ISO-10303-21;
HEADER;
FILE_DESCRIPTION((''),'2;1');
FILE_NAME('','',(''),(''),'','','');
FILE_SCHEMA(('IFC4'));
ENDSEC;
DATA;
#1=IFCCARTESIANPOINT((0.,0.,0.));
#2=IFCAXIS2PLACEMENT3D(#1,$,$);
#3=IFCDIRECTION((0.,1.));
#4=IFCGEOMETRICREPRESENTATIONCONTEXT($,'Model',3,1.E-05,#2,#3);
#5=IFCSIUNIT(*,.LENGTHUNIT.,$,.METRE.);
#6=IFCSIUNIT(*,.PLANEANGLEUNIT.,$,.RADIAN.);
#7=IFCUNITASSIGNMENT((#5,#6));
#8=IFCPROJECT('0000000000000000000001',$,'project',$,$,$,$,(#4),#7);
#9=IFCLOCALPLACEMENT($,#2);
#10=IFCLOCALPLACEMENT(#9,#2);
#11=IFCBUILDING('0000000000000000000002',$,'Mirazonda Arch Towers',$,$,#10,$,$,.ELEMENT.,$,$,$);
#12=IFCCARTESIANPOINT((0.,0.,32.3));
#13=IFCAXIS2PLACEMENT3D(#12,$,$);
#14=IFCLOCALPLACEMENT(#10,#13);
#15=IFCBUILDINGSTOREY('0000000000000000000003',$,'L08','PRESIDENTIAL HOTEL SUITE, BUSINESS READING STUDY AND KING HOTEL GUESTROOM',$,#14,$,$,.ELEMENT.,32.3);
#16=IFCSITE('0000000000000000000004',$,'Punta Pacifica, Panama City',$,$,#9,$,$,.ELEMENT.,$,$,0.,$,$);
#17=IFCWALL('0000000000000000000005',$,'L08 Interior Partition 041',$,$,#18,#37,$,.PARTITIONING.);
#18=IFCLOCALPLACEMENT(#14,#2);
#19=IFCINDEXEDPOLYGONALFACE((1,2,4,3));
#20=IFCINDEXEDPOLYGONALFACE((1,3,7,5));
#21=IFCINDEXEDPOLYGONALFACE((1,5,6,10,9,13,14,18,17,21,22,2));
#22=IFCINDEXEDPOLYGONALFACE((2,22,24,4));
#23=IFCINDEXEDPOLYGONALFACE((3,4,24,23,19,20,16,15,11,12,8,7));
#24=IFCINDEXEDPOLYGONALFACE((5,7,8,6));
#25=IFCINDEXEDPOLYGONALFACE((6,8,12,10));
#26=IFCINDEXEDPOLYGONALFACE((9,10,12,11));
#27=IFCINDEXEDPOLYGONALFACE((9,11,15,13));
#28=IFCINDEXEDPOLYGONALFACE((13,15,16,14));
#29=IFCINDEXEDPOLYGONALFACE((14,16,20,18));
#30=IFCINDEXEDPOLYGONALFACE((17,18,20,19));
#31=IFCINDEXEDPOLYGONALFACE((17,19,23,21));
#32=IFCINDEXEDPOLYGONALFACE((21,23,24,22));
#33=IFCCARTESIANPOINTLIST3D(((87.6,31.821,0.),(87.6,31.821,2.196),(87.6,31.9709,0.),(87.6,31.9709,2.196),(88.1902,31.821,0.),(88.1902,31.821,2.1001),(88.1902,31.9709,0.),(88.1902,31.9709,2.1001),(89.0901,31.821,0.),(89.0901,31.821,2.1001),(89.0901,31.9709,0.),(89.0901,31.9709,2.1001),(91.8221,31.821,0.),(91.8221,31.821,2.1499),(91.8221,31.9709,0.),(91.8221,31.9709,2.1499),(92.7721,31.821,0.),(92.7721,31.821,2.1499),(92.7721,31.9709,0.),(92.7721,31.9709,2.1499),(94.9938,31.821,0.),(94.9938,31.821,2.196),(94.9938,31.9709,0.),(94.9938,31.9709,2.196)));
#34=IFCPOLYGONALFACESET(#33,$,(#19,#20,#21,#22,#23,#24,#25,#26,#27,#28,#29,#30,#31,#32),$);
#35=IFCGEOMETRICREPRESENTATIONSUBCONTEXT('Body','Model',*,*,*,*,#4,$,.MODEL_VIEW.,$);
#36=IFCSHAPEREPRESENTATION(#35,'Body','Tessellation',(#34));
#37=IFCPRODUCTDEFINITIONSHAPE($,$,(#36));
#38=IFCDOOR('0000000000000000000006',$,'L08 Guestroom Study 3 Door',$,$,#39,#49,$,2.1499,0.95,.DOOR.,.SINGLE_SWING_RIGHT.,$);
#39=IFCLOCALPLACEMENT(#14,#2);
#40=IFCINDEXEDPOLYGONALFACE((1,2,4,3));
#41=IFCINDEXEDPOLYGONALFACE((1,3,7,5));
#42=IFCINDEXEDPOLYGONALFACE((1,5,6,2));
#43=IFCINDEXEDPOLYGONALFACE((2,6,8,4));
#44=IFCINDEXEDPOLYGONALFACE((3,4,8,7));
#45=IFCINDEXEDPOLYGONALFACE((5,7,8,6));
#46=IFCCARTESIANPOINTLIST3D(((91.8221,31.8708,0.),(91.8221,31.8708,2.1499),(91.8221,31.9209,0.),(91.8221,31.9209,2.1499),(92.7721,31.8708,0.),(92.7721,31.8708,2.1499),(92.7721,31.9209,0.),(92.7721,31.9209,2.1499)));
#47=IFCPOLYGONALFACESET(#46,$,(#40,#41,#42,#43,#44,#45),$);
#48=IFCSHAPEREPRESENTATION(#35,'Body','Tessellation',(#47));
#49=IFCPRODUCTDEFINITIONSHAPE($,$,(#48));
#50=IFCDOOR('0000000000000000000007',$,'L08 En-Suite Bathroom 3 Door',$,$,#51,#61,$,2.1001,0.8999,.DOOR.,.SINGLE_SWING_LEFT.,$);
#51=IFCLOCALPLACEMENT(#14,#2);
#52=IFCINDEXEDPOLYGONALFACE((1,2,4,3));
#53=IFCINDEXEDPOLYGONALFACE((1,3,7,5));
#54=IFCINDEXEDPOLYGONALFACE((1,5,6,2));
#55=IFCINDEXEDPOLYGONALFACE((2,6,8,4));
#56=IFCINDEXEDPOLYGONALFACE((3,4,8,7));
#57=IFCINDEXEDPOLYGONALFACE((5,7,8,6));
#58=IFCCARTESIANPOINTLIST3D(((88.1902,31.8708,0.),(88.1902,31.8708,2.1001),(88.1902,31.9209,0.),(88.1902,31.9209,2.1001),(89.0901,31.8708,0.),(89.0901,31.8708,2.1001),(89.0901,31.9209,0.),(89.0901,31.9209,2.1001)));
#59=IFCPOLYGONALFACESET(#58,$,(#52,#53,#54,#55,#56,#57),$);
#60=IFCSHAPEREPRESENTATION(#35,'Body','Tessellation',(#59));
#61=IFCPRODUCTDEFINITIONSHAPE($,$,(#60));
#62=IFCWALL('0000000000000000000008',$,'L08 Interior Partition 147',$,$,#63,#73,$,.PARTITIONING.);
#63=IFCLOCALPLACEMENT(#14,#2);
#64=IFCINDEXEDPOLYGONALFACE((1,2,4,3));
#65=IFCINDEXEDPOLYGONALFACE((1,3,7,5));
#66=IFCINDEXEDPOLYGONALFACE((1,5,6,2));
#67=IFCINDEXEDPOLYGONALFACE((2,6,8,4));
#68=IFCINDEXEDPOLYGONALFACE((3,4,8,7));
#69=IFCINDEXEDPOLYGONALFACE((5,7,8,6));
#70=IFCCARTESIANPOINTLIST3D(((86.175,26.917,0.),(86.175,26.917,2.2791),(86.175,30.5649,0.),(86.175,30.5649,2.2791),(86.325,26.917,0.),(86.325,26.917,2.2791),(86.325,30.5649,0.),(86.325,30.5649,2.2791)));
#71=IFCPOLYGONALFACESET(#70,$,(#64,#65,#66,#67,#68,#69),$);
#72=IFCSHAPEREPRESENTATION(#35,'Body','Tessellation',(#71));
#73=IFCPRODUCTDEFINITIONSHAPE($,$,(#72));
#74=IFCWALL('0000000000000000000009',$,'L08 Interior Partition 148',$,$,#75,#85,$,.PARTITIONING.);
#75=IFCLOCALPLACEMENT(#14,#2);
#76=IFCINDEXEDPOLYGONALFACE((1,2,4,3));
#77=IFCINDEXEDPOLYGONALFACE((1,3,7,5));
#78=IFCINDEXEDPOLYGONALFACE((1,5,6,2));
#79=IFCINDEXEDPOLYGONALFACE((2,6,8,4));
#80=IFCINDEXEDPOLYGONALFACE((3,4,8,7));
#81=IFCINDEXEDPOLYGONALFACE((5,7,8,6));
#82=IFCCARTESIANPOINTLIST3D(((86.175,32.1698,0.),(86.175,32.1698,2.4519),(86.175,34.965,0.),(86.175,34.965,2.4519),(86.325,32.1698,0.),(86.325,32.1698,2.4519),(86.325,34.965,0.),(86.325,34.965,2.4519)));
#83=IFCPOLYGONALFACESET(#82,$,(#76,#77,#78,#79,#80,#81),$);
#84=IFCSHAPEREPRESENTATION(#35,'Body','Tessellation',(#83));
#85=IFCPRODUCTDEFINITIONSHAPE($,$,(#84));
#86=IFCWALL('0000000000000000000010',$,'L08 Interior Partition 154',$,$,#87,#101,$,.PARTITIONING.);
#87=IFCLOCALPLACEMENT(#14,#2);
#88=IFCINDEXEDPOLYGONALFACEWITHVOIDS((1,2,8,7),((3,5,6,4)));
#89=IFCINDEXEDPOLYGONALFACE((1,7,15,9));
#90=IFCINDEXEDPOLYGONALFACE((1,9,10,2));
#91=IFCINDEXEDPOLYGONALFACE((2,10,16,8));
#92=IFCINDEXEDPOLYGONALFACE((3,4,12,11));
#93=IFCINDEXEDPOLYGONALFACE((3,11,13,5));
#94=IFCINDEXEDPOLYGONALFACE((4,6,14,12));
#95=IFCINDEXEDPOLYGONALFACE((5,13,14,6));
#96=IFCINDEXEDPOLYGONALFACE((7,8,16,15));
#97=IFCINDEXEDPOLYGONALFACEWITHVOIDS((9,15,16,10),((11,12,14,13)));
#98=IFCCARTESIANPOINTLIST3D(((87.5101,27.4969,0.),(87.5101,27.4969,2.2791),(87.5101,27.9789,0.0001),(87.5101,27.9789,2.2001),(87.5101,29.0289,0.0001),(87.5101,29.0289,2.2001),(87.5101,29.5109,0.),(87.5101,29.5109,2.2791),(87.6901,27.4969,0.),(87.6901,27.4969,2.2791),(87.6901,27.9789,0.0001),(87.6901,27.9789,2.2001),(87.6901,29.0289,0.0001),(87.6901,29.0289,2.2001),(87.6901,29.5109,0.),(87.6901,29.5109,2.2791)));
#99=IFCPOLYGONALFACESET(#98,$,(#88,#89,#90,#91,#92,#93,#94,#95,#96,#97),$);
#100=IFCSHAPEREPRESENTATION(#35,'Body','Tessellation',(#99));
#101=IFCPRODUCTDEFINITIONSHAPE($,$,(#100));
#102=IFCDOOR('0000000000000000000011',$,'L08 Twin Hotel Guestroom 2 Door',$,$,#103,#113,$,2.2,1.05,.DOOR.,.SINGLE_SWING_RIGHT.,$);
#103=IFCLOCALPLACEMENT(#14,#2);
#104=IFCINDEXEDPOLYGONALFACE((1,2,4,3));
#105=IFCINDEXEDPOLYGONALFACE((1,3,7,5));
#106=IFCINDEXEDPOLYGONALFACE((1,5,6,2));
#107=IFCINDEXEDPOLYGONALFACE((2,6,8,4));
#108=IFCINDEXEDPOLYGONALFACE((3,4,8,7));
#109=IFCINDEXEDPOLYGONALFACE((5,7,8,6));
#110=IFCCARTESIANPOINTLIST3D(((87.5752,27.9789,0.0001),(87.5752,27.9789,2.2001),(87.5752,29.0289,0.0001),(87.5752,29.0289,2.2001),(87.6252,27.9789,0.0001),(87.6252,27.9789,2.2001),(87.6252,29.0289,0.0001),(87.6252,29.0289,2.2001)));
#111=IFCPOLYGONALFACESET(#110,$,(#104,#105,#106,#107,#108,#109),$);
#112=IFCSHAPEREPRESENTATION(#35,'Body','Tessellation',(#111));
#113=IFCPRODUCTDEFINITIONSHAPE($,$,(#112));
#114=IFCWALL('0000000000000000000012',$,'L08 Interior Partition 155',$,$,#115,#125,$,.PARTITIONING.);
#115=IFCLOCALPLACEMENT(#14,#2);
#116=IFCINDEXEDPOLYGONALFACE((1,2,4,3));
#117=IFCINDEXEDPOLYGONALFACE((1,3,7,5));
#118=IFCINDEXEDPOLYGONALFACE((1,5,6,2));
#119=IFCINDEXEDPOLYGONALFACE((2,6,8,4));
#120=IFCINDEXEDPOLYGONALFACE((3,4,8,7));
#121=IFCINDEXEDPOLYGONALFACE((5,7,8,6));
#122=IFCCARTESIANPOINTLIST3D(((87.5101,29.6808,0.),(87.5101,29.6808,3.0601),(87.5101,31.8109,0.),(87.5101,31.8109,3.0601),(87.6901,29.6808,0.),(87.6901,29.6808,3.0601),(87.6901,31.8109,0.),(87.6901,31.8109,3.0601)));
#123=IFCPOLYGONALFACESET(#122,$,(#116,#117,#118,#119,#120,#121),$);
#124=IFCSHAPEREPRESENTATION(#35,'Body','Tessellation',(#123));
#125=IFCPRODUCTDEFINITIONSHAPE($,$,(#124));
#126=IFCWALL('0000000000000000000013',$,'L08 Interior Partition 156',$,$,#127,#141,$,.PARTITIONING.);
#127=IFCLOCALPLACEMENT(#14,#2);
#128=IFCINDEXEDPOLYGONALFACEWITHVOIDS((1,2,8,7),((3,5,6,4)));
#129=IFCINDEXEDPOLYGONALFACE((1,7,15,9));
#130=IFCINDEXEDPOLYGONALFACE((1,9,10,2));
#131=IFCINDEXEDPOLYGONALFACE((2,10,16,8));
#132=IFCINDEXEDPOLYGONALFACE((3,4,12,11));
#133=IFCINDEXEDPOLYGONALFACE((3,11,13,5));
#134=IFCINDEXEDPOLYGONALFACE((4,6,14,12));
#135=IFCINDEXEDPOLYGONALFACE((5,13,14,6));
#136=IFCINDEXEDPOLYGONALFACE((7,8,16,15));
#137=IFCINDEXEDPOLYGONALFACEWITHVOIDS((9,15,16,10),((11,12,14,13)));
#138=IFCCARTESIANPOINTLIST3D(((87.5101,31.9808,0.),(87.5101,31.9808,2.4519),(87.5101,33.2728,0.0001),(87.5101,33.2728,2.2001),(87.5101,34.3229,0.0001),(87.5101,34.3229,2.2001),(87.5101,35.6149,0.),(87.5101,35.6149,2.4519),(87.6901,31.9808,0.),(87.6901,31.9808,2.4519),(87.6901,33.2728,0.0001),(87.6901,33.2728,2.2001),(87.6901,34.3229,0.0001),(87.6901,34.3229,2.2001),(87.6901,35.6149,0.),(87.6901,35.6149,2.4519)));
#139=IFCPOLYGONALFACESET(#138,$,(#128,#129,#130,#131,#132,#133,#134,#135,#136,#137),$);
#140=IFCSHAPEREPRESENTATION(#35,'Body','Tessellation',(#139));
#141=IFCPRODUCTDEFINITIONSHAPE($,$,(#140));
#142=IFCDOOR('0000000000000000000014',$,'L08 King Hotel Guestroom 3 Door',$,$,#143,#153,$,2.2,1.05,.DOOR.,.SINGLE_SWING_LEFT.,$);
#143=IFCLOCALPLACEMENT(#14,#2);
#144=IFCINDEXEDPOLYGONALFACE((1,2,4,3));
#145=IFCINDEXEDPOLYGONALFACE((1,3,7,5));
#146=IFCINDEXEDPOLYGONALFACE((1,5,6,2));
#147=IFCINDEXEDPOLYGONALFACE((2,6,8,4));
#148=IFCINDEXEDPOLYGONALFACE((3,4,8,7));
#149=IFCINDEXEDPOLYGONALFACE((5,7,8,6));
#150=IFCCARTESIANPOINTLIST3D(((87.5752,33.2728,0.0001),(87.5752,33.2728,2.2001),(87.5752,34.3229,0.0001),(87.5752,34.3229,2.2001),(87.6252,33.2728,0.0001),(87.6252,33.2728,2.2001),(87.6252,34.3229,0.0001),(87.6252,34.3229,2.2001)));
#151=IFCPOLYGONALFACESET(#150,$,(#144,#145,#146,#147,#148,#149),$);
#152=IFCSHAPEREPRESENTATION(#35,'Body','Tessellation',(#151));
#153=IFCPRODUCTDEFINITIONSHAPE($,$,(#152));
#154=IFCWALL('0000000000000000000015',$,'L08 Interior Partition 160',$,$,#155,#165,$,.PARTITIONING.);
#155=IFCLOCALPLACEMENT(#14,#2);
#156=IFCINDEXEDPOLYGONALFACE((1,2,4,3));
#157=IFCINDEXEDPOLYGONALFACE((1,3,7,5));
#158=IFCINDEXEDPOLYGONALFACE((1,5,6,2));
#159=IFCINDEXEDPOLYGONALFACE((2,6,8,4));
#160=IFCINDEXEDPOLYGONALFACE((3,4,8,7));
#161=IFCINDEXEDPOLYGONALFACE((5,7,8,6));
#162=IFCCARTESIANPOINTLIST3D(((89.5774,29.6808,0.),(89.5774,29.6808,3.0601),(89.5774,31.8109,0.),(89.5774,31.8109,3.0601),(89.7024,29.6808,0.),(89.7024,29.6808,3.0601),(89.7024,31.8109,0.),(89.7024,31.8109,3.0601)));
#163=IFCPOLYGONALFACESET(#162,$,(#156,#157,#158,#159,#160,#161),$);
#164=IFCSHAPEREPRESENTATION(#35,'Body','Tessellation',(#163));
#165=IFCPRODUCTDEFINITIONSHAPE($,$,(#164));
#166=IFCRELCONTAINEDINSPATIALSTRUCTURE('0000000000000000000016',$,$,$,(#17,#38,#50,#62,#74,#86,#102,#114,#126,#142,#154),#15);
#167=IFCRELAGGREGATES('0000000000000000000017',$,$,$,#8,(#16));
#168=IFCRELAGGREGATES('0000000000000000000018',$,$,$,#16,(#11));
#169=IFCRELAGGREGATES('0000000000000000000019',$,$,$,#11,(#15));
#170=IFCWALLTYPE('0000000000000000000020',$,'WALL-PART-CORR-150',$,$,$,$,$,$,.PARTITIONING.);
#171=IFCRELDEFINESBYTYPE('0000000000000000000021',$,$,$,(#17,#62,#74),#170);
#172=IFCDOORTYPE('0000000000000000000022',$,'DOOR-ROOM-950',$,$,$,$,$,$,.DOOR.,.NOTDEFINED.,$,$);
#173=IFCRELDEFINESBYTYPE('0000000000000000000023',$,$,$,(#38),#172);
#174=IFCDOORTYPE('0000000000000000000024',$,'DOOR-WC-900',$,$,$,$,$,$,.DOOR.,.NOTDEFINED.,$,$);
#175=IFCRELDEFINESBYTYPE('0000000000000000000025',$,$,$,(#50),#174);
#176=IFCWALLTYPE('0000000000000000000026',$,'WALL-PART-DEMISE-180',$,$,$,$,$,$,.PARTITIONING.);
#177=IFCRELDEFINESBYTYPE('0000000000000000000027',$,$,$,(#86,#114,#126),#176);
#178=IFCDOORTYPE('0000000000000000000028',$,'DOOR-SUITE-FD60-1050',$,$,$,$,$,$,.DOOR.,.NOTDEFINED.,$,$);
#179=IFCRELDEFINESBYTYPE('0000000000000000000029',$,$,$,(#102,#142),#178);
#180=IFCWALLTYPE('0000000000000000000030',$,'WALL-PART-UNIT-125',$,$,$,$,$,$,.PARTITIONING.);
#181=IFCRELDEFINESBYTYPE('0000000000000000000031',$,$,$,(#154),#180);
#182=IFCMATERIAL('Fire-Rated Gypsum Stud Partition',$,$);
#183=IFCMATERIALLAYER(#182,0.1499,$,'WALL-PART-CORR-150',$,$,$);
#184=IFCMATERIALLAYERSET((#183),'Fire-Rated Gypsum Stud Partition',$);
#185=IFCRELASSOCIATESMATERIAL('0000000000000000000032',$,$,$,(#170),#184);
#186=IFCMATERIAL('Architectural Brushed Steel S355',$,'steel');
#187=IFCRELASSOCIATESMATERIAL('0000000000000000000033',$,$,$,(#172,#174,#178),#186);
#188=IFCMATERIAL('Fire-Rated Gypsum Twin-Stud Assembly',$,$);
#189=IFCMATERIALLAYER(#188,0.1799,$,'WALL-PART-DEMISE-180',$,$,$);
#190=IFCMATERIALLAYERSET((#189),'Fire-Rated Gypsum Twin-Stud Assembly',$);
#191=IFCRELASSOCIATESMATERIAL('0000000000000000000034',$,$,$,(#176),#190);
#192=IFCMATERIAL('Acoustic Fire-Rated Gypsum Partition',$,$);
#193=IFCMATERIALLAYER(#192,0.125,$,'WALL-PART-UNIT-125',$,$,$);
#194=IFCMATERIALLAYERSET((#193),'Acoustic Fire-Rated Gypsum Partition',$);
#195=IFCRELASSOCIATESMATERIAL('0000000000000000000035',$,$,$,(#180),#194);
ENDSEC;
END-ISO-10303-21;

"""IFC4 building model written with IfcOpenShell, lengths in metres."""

from ifc_helpers import new_model, si_unit, direction, frame, frame_2d, origin, place, context, subcontext, project, spatial, rectangle, extrude, material, layer, layer_set, type_object, element, fill, save


model = new_model("IFC4")

# Units and contexts
model_context = context("Model", 3, precision=1e-05, world=origin(), true_north=direction((0.0, 1.0)))
body_context = subcontext(model_context, "Body", "Model", "MODEL_VIEW")
ifc_project = project(units=[si_unit("LENGTHUNIT", "METRE"), si_unit("PLANEANGLEUNIT", "RADIAN")], contexts=[model_context])

# Site, building, storey
site_placement = place(None, origin())
site = spatial("IfcSite", under=ifc_project, at=site_placement, Name="Punta Pacifica, Panama City", CompositionType="ELEMENT", RefElevation=0.0)
building_placement = place(site_placement, origin())
building = spatial("IfcBuilding", under=site, at=building_placement, Name="Mirazonda Arch Towers", CompositionType="ELEMENT")
storey_placement = place(building_placement, frame((0.0, 0.0, 32.3)))
storey = spatial("IfcBuildingStorey", under=building, at=storey_placement, Name="L08", Description="PRESIDENTIAL HOTEL SUITE, BUSINESS READING STUDY AND KING HOTEL GUESTROOM", CompositionType="ELEMENT", Elevation=32.3)

# Shared definitions
ifc_material_1 = material(Name="Fire-Rated Gypsum Stud Partition")
ifc_layer_1 = layer(ifc_material_1, 0.1499, Name="WALL-PART-CORR-150")
ifc_layer_set_1 = layer_set([ifc_layer_1], Name="Fire-Rated Gypsum Stud Partition")
wall_type_1 = type_object("IfcWallType", Name="WALL-PART-CORR-150", PredefinedType="PARTITIONING", material=ifc_layer_set_1)
ifc_material_2 = material(Name="Architectural Brushed Steel S355", Category="steel")
door_type_1 = type_object("IfcDoorType", Name="DOOR-ROOM-950", OperationType="NOTDEFINED", PredefinedType="DOOR", material=ifc_material_2)
door_type_2 = type_object("IfcDoorType", Name="DOOR-WC-900", OperationType="NOTDEFINED", PredefinedType="DOOR", material=ifc_material_2)

# Wall, openings, doors
wall_1_placement = place(storey_placement, frame((87.6001, 31.896, 0.0), z_axis=(0.0, 0.0, 1.0), x_axis=(1.0, 0.0, 0.0)))
wall_1 = element("IfcWall", 1, at=wall_1_placement, inside=storey, type_object=wall_type_1, Name="L08 Interior Partition 041", PredefinedType="PARTITIONING", context=body_context, shape_type="SweptSolid", body=[
    extrude(rectangle(XDim=7.3938, YDim=0.1499, at=frame_2d((3.6968, 0.0))), origin(), (0.0, 0.0, 1.0), 2.196),
])
opening_1_placement = place(wall_1_placement, frame((4.2219, 0.0, 0.0)))
opening_1 = element("IfcOpeningElement", 2, at=opening_1_placement, cuts=wall_1, PredefinedType="OPENING", context=body_context, shape_type="SweptSolid", body=[
    extrude(rectangle(XDim=0.95, YDim=2.1499, at=frame_2d((0.4751, 1.075))), frame((0.0, 0.085, 0.0), z_axis=(0.0, -1.0, 0.0), x_axis=(1.0, 0.0, 0.0)), (0.0, 0.0, 1.0), 0.1699),
])
opening_2_placement = place(wall_1_placement, frame((0.5901, 0.0, 0.0)))
opening_2 = element("IfcOpeningElement", 3, at=opening_2_placement, cuts=wall_1, PredefinedType="OPENING", context=body_context, shape_type="SweptSolid", body=[
    extrude(rectangle(XDim=0.8999, YDim=2.1001, at=frame_2d((0.45, 1.05))), frame((0.0, 0.085, 0.0), z_axis=(0.0, -1.0, 0.0), x_axis=(1.0, 0.0, 0.0)), (0.0, 0.0, 1.0), 0.1699),
])
door_1_placement = place(opening_1_placement, origin())
door_1 = element("IfcDoor", 4, at=door_1_placement, inside=storey, type_object=door_type_1, Name="L08 Guestroom Study 3 Door", OperationType="SINGLE_SWING_RIGHT", OverallHeight=2.1499, OverallWidth=0.95, PredefinedType="DOOR", context=body_context, shape_type="SweptSolid", body=[
    extrude(rectangle(XDim=0.95, YDim=2.1499, at=frame_2d((0.4751, 1.075))), frame((0.0, 0.0249, 0.0), z_axis=(0.0, -1.0, 0.0), x_axis=(1.0, 0.0, 0.0)), (0.0, 0.0, 1.0), 0.05),
])
fill(opening_1, door_1)
door_2_placement = place(opening_2_placement, origin())
door_2 = element("IfcDoor", 5, at=door_2_placement, inside=storey, type_object=door_type_2, Name="L08 En-Suite Bathroom 3 Door", OperationType="SINGLE_SWING_LEFT", OverallHeight=2.1001, OverallWidth=0.8999, PredefinedType="DOOR", context=body_context, shape_type="SweptSolid", body=[
    extrude(rectangle(XDim=0.8999, YDim=2.1001, at=frame_2d((0.45, 1.05))), frame((0.0, 0.0249, 0.0), z_axis=(0.0, -1.0, 0.0), x_axis=(1.0, 0.0, 0.0)), (0.0, 0.0, 1.0), 0.05),
])
fill(opening_2, door_2)

# Walls
wall_2_placement = place(storey_placement, frame((86.25, 26.917, 0.0), z_axis=(0.0, 0.0, 1.0), x_axis=(0.0, 1.0, 0.0)))
element("IfcWall", 6, at=wall_2_placement, inside=storey, type_object=wall_type_1, Name="L08 Interior Partition 147", PredefinedType="PARTITIONING", context=body_context, shape_type="SweptSolid", body=[
    extrude(rectangle(XDim=3.6479, YDim=0.1499, at=frame_2d((1.824, 0.0))), origin(), (0.0, 0.0, 1.0), 2.2791),
])
wall_3_placement = place(storey_placement, frame((86.25, 32.1699, 0.0), z_axis=(0.0, 0.0, 1.0), x_axis=(0.0, 1.0, 0.0)))
element("IfcWall", 7, at=wall_3_placement, inside=storey, type_object=wall_type_1, Name="L08 Interior Partition 148", PredefinedType="PARTITIONING", context=body_context, shape_type="SweptSolid", body=[
    extrude(rectangle(XDim=2.7952, YDim=0.1499, at=frame_2d((1.3975, 0.0))), origin(), (0.0, 0.0, 1.0), 2.4519),
])

# Wall, opening, door
ifc_material_3 = material(Name="Fire-Rated Gypsum Twin-Stud Assembly")
ifc_layer_2 = layer(ifc_material_3, 0.1799, Name="WALL-PART-DEMISE-180")
ifc_layer_set_2 = layer_set([ifc_layer_2], Name="Fire-Rated Gypsum Twin-Stud Assembly")
wall_type_2 = type_object("IfcWallType", Name="WALL-PART-DEMISE-180", PredefinedType="PARTITIONING", material=ifc_layer_set_2)
wall_4_placement = place(storey_placement, frame((87.6001, 27.4971, 0.0), z_axis=(0.0, 0.0, 1.0), x_axis=(0.0, 1.0, 0.0)))
wall_4 = element("IfcWall", 8, at=wall_4_placement, inside=storey, type_object=wall_type_2, Name="L08 Interior Partition 154", PredefinedType="PARTITIONING", context=body_context, shape_type="SweptSolid", body=[
    extrude(rectangle(XDim=2.0139, YDim=0.1799, at=frame_2d((1.0068, 0.0))), origin(), (0.0, 0.0, 1.0), 2.2791),
])
opening_3_placement = place(wall_4_placement, frame((0.4819, 0.0, 0.0)))
opening_3 = element("IfcOpeningElement", 9, at=opening_3_placement, cuts=wall_4, PredefinedType="OPENING", context=body_context, shape_type="SweptSolid", body=[
    extrude(rectangle(XDim=1.05, YDim=2.2, at=frame_2d((0.5249, 1.1001))), frame((0.0, 0.0999, 0.0), z_axis=(0.0, -1.0, 0.0), x_axis=(1.0, 0.0, 0.0)), (0.0, 0.0, 1.0), 0.2),
])
door_type_3 = type_object("IfcDoorType", Name="DOOR-SUITE-FD60-1050", OperationType="NOTDEFINED", PredefinedType="DOOR", material=ifc_material_2)
door_3_placement = place(opening_3_placement, origin())
door_3 = element("IfcDoor", 10, at=door_3_placement, inside=storey, type_object=door_type_3, Name="L08 Twin Hotel Guestroom 2 Door", OperationType="SINGLE_SWING_RIGHT", OverallHeight=2.2, OverallWidth=1.05, PredefinedType="DOOR", context=body_context, shape_type="SweptSolid", body=[
    extrude(rectangle(XDim=1.05, YDim=2.2, at=frame_2d((0.5249, 1.1001))), frame((0.0, 0.0249, 0.0), z_axis=(0.0, -1.0, 0.0), x_axis=(1.0, 0.0, 0.0)), (0.0, 0.0, 1.0), 0.05),
])
fill(opening_3, door_3)

# Wall
wall_5_placement = place(storey_placement, frame((87.6001, 29.6809, 0.0), z_axis=(0.0, 0.0, 1.0), x_axis=(0.0, 1.0, 0.0)))
element("IfcWall", 11, at=wall_5_placement, inside=storey, type_object=wall_type_2, Name="L08 Interior Partition 155", PredefinedType="PARTITIONING", context=body_context, shape_type="SweptSolid", body=[
    extrude(rectangle(XDim=2.1301, YDim=0.1799, at=frame_2d((1.0649, 0.0))), origin(), (0.0, 0.0, 1.0), 3.0601),
])

# Wall, opening, door
wall_6_placement = place(storey_placement, frame((87.6001, 31.981, 0.0), z_axis=(0.0, 0.0, 1.0), x_axis=(0.0, 1.0, 0.0)))
wall_6 = element("IfcWall", 12, at=wall_6_placement, inside=storey, type_object=wall_type_2, Name="L08 Interior Partition 156", PredefinedType="PARTITIONING", context=body_context, shape_type="SweptSolid", body=[
    extrude(rectangle(XDim=3.634, YDim=0.1799, at=frame_2d((1.8169, 0.0))), origin(), (0.0, 0.0, 1.0), 2.4519),
])
opening_4_placement = place(wall_6_placement, frame((1.292, 0.0, 0.0)))
opening_4 = element("IfcOpeningElement", 13, at=opening_4_placement, cuts=wall_6, PredefinedType="OPENING", context=body_context, shape_type="SweptSolid", body=[
    extrude(rectangle(XDim=1.05, YDim=2.2, at=frame_2d((0.5249, 1.1001))), frame((0.0, 0.0999, 0.0), z_axis=(0.0, -1.0, 0.0), x_axis=(1.0, 0.0, 0.0)), (0.0, 0.0, 1.0), 0.2),
])
door_4_placement = place(opening_4_placement, origin())
door_4 = element("IfcDoor", 14, at=door_4_placement, inside=storey, type_object=door_type_3, Name="L08 King Hotel Guestroom 3 Door", OperationType="SINGLE_SWING_LEFT", OverallHeight=2.2, OverallWidth=1.05, PredefinedType="DOOR", context=body_context, shape_type="SweptSolid", body=[
    extrude(rectangle(XDim=1.05, YDim=2.2, at=frame_2d((0.5249, 1.1001))), frame((0.0, 0.0249, 0.0), z_axis=(0.0, -1.0, 0.0), x_axis=(1.0, 0.0, 0.0)), (0.0, 0.0, 1.0), 0.05),
])
fill(opening_4, door_4)

# Wall
ifc_material_4 = material(Name="Acoustic Fire-Rated Gypsum Partition")
ifc_layer_3 = layer(ifc_material_4, 0.125, Name="WALL-PART-UNIT-125")
ifc_layer_set_3 = layer_set([ifc_layer_3], Name="Acoustic Fire-Rated Gypsum Partition")
wall_type_3 = type_object("IfcWallType", Name="WALL-PART-UNIT-125", PredefinedType="PARTITIONING", material=ifc_layer_set_3)
wall_7_placement = place(storey_placement, frame((89.6399, 29.6809, 0.0), z_axis=(0.0, 0.0, 1.0), x_axis=(0.0, 1.0, 0.0)))
element("IfcWall", 15, at=wall_7_placement, inside=storey, type_object=wall_type_3, Name="L08 Interior Partition 160", PredefinedType="PARTITIONING", context=body_context, shape_type="SweptSolid", body=[
    extrude(rectangle(XDim=2.1301, YDim=0.125, at=frame_2d((1.0649, 0.0))), origin(), (0.0, 0.0, 1.0), 3.0601),
])

save(model, "model.ifc")
